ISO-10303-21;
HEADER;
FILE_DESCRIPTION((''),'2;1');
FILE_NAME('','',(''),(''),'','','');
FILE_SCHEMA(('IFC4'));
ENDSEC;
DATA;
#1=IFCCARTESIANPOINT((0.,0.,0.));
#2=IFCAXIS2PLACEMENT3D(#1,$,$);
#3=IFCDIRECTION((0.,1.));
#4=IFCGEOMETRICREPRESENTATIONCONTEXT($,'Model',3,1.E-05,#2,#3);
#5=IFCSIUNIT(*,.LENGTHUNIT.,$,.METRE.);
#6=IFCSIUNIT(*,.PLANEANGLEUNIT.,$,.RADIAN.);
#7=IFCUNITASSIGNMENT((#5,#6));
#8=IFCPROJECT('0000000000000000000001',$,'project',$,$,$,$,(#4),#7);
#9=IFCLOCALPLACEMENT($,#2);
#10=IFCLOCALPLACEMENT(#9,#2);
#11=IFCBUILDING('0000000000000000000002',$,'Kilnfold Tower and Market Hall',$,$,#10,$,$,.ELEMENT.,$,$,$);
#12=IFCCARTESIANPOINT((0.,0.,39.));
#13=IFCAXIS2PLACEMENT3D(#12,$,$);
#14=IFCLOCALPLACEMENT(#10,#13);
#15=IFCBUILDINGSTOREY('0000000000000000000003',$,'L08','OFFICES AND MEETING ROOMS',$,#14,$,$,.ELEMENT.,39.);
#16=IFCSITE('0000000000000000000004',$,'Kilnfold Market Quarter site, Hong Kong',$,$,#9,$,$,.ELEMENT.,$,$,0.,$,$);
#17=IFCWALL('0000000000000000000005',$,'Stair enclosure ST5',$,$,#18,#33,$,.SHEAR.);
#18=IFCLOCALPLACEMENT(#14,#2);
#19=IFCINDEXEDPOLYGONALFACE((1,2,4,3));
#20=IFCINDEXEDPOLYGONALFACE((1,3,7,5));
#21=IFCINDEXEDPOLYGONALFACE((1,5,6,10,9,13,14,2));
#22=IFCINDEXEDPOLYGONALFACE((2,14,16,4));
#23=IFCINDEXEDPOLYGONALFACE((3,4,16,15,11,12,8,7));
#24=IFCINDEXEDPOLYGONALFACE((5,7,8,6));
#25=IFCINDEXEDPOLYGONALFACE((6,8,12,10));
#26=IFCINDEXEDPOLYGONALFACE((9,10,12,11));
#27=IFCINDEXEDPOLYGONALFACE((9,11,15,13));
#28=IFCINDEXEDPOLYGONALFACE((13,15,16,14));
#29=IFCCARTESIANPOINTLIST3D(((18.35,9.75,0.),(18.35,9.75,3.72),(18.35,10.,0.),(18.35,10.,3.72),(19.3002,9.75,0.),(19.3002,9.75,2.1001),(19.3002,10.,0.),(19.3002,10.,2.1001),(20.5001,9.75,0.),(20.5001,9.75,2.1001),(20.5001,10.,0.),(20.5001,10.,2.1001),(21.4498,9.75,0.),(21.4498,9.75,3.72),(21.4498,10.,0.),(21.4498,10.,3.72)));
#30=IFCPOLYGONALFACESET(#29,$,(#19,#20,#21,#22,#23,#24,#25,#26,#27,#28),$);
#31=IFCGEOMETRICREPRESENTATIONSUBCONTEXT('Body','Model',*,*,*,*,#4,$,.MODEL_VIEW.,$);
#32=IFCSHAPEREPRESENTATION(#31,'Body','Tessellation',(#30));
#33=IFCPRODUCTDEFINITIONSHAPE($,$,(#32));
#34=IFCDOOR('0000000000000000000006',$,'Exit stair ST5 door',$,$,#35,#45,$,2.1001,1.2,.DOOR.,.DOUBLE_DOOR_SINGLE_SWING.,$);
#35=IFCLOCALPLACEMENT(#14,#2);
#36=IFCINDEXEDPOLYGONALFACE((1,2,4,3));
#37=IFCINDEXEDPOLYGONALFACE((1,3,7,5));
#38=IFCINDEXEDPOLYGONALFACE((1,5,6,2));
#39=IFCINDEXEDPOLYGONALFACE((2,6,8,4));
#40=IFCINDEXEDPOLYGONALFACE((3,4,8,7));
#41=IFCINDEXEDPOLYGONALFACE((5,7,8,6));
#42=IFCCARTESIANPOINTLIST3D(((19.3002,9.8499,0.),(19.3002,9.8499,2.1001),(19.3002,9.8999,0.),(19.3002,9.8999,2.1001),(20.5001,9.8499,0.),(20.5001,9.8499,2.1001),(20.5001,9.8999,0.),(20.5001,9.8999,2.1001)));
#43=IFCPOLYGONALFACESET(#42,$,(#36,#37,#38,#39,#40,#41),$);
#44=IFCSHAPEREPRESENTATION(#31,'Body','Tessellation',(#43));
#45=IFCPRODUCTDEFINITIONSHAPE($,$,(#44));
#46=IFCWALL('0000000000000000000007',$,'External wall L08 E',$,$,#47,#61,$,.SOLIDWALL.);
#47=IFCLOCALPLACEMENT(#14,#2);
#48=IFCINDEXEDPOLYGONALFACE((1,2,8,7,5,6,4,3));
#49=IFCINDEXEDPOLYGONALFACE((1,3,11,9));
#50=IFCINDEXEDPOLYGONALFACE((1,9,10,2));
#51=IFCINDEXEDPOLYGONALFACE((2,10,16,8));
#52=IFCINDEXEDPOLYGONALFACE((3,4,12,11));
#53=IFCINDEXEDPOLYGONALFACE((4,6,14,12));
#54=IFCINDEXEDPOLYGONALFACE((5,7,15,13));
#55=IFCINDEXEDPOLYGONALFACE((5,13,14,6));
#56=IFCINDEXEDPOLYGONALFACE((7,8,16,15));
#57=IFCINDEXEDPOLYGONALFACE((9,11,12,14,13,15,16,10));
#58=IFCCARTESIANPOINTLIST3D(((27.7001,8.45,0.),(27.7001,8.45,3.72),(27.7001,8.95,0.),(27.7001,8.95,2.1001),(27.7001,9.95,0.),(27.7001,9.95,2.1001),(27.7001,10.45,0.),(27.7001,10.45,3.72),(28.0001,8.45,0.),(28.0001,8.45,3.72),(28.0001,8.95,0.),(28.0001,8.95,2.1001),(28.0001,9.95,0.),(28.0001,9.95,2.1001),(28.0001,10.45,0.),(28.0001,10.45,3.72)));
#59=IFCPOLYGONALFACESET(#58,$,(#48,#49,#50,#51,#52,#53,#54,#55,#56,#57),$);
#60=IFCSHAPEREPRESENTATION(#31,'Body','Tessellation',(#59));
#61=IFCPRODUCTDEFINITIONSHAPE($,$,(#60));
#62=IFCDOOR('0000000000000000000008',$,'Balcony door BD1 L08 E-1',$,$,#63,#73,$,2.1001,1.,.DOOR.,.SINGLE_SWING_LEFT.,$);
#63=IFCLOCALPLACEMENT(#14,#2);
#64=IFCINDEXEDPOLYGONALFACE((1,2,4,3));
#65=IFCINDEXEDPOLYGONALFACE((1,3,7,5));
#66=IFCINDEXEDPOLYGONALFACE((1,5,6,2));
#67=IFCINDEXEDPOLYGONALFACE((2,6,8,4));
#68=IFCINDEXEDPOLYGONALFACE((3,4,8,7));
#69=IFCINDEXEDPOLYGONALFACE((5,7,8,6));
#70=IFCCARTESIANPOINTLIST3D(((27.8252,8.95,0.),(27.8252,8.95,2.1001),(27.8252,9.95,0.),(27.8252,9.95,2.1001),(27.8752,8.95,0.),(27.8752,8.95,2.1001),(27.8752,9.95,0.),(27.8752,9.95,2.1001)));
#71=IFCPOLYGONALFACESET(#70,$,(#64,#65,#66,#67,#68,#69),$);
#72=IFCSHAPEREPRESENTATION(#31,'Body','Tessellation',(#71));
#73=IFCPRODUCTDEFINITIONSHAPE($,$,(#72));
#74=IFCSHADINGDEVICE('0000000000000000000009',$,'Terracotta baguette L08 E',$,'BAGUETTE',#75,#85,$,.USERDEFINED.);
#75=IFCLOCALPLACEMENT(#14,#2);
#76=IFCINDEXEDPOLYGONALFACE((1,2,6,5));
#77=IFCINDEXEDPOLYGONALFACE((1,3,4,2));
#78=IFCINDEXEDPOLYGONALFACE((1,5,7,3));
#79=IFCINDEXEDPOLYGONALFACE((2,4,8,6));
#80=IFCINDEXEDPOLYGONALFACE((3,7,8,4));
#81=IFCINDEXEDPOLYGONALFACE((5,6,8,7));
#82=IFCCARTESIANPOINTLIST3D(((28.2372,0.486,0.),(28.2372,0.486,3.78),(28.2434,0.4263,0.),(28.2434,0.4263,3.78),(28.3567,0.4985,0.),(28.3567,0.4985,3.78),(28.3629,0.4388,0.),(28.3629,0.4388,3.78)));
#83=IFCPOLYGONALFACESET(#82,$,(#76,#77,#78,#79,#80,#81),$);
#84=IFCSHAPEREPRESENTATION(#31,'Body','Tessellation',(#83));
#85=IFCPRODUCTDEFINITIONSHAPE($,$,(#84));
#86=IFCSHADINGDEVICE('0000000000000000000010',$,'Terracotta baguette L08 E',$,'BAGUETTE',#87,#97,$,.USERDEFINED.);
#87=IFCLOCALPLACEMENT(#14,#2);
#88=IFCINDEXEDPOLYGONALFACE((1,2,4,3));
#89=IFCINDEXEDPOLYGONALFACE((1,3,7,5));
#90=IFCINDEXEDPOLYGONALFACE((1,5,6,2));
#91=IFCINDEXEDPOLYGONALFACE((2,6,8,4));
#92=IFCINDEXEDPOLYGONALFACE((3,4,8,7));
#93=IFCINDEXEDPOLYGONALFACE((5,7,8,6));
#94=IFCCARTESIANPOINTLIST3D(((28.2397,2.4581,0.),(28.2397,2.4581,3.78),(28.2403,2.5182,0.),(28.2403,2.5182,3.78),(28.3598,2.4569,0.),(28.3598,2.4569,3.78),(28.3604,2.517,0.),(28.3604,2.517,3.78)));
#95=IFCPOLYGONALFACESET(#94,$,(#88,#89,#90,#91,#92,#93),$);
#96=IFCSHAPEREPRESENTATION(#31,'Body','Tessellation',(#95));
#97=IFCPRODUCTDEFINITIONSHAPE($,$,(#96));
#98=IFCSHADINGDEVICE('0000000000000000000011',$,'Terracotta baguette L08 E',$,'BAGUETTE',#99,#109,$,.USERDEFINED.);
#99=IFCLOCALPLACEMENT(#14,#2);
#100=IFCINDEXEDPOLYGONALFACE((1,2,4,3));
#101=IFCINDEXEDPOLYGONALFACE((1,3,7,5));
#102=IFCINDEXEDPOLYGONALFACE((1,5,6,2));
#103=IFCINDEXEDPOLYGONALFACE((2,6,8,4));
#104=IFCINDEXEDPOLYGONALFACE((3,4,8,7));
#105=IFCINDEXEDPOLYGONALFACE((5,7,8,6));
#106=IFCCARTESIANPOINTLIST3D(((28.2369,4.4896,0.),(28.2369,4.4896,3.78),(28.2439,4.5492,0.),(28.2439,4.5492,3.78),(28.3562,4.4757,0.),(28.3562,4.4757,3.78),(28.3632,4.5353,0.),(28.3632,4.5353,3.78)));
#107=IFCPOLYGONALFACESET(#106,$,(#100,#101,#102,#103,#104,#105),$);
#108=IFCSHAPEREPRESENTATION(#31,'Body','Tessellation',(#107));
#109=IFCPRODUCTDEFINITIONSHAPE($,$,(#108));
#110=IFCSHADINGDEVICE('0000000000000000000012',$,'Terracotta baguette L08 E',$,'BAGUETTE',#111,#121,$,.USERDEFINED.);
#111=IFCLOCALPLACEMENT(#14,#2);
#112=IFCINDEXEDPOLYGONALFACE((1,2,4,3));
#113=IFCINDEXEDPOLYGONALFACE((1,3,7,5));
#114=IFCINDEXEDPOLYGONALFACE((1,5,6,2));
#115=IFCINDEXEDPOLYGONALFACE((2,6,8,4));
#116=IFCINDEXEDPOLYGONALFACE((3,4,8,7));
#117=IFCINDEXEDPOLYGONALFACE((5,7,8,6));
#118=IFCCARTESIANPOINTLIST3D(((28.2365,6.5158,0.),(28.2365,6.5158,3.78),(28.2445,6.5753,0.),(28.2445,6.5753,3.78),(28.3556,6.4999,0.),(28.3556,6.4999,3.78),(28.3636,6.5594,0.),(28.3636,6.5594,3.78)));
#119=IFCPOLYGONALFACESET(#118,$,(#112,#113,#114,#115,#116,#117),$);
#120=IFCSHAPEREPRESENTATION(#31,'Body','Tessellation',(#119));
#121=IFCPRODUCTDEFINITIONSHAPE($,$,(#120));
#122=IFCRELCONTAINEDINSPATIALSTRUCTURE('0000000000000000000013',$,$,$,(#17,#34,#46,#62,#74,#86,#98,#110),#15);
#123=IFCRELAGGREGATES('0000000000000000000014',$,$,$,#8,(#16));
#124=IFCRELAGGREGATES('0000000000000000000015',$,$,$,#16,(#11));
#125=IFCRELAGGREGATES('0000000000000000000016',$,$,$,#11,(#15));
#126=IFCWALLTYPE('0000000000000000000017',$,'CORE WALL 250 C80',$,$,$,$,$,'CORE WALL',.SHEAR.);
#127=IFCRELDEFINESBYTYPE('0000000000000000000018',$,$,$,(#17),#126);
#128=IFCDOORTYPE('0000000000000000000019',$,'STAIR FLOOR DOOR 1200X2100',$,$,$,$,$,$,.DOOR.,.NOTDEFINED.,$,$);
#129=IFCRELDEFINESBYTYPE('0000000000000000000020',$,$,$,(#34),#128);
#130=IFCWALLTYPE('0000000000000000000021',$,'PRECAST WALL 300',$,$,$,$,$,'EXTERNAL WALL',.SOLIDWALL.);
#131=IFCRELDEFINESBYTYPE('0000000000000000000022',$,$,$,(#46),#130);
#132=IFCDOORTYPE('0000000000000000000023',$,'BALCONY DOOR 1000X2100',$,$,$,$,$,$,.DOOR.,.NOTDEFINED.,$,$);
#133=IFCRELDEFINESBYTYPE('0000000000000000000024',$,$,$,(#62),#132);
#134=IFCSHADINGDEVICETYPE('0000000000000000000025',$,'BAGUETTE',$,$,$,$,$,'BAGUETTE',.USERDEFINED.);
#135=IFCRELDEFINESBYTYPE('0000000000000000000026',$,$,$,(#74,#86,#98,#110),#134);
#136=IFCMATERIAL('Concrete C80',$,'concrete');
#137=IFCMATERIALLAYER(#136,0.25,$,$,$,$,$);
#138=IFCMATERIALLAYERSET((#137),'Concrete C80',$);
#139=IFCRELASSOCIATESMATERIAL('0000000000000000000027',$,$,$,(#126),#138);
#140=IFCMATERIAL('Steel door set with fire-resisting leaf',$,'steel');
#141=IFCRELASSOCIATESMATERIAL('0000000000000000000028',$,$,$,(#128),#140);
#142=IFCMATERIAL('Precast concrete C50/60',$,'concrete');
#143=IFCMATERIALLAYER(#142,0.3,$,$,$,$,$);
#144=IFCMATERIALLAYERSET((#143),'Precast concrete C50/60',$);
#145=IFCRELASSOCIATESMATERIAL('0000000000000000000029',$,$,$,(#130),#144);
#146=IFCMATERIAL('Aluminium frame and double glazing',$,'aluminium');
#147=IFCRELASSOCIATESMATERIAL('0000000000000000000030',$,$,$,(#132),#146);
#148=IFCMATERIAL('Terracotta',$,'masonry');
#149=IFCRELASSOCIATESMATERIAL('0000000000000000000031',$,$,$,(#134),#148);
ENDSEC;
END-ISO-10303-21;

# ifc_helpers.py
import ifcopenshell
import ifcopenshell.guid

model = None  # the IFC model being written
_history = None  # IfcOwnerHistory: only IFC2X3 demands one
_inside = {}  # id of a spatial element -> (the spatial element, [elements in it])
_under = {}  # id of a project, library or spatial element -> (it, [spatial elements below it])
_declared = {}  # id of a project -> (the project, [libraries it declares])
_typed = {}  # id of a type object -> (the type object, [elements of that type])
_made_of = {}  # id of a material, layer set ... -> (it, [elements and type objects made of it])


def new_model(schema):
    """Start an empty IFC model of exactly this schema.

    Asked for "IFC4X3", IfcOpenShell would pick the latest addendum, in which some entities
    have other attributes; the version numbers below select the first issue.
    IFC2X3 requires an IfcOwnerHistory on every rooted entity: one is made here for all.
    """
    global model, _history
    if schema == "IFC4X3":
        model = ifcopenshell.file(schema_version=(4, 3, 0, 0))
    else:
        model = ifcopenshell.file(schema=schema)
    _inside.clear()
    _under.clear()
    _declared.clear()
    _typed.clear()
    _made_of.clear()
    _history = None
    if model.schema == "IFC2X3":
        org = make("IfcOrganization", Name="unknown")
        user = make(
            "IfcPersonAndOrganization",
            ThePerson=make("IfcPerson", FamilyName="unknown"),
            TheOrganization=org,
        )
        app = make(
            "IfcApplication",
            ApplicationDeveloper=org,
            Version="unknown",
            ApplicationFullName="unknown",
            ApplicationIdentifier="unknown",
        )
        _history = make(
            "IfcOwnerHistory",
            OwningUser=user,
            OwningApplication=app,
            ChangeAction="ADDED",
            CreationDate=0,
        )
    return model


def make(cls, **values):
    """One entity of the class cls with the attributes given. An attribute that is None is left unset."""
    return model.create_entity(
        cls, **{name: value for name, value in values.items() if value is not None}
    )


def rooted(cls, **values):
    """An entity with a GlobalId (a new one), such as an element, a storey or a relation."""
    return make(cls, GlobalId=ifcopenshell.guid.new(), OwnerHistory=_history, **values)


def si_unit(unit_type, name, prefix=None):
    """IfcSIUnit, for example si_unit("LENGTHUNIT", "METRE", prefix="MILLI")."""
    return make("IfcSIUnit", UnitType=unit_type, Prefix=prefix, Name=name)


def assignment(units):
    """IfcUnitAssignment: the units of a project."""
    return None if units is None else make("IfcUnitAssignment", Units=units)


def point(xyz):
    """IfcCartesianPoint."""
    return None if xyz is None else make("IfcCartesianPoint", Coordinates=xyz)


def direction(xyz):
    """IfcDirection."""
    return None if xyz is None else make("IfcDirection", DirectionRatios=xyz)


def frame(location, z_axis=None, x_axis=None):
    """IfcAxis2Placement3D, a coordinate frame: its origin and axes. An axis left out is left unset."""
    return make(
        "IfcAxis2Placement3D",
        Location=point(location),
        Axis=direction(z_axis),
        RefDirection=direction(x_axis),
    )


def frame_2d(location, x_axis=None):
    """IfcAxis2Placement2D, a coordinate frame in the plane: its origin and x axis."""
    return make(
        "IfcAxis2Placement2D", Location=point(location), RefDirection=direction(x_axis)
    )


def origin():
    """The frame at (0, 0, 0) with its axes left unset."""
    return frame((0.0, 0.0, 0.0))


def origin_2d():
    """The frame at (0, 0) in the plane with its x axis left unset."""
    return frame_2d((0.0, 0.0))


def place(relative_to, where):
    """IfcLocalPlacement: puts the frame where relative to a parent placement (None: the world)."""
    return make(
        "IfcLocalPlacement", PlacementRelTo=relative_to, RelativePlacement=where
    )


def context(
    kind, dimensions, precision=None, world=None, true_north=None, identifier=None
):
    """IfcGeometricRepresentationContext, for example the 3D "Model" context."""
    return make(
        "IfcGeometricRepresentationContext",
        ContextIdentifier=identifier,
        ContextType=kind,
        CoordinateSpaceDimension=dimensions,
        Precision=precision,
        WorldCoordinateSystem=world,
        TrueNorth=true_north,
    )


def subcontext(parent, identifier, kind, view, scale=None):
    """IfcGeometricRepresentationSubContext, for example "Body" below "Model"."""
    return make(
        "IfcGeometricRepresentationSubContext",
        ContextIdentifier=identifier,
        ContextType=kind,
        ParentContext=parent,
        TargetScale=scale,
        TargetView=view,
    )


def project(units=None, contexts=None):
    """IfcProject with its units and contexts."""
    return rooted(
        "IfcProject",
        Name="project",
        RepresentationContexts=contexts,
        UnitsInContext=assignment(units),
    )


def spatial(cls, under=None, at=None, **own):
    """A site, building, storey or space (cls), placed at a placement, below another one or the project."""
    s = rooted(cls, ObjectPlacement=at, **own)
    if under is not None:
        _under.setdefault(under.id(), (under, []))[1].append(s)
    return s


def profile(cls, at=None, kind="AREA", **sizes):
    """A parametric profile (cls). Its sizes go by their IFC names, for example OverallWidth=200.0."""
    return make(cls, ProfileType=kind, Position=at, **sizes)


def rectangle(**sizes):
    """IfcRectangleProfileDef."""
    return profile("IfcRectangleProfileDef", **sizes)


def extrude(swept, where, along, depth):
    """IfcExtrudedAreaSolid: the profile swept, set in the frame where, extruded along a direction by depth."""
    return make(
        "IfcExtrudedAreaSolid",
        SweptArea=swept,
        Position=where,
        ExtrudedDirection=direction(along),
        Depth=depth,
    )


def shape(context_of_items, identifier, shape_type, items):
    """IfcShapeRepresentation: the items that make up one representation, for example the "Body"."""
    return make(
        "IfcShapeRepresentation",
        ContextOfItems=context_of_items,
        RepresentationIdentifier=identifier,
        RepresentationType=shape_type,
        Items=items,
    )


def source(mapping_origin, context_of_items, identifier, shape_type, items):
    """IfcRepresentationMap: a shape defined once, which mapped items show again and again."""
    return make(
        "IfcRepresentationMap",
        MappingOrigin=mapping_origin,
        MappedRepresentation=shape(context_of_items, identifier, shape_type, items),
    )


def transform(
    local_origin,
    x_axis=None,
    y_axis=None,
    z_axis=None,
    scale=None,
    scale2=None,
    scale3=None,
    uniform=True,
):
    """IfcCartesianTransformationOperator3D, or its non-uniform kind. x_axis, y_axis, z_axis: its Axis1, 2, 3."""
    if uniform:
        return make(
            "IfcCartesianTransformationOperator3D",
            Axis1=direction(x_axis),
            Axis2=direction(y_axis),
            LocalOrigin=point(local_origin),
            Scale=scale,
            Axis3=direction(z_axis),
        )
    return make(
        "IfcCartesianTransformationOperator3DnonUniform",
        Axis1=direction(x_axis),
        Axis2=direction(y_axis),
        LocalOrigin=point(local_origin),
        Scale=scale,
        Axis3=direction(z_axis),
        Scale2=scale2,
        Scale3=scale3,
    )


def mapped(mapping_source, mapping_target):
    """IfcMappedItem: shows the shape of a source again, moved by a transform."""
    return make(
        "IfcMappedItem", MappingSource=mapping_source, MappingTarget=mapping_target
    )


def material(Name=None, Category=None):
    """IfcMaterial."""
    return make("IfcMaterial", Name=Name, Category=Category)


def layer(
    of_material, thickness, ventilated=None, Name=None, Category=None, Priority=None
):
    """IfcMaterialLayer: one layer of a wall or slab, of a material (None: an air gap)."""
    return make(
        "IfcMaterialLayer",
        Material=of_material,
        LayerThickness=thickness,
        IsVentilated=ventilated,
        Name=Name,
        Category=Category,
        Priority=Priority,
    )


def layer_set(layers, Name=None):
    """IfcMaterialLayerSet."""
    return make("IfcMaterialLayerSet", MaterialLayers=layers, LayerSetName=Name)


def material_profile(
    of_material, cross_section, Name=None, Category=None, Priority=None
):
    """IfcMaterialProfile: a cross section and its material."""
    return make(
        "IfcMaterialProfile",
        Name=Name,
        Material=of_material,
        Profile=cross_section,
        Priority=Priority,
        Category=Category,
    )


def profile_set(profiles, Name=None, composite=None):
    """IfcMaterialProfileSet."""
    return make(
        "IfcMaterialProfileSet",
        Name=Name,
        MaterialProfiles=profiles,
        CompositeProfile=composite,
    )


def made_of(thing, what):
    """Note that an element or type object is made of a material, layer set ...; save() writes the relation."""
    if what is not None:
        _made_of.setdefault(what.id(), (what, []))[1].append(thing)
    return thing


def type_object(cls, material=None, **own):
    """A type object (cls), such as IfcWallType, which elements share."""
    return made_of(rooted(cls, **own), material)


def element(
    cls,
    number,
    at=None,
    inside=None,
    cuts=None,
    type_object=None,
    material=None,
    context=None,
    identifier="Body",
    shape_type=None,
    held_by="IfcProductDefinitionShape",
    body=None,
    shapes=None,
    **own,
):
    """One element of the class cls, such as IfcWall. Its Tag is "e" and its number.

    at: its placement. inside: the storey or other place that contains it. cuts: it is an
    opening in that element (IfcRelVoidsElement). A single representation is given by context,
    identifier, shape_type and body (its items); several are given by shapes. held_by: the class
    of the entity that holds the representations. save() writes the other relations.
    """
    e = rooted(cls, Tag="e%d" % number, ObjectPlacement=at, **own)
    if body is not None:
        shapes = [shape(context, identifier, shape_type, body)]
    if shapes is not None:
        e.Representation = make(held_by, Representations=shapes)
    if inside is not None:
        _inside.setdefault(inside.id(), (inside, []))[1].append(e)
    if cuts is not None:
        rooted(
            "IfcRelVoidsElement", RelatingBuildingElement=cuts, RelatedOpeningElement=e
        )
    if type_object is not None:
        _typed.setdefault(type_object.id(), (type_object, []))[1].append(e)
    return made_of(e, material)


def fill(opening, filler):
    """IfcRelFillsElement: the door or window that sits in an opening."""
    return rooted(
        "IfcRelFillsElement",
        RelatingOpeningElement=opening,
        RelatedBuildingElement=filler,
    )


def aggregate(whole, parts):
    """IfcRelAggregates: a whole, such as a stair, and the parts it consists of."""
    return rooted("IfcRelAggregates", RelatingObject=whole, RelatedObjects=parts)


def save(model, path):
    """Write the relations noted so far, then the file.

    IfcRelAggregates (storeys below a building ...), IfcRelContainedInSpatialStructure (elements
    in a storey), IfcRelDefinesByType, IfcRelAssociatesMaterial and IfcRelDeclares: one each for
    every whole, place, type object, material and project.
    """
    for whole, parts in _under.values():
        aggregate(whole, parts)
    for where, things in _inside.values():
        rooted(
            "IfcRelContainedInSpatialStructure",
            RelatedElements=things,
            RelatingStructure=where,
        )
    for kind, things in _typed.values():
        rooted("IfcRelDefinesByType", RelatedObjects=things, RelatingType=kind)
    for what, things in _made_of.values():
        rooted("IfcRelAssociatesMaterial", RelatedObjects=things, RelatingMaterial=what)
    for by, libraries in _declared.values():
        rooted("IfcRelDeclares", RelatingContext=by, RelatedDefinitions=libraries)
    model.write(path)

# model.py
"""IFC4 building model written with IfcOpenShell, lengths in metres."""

from ifc_helpers import new_model, si_unit, direction, frame, frame_2d, origin, origin_2d, place, context, subcontext, project, spatial, rectangle, extrude, source, transform, mapped, material, layer, layer_set, material_profile, profile_set, type_object, element, fill, save


model = new_model("IFC4")

# Units and contexts
model_context = context("Model", 3, precision=1e-05, world=origin(), true_north=direction((0.0, 1.0)))
body_context = subcontext(model_context, "Body", "Model", "MODEL_VIEW")
ifc_project = project(units=[si_unit("LENGTHUNIT", "METRE"), si_unit("PLANEANGLEUNIT", "RADIAN")], contexts=[model_context])

# Site, building, storey
site_placement = place(None, origin())
site = spatial("IfcSite", under=ifc_project, at=site_placement, Name="Kilnfold Market Quarter site, Hong Kong", CompositionType="ELEMENT", RefElevation=0.0)
building_placement = place(site_placement, origin())
building = spatial("IfcBuilding", under=site, at=building_placement, Name="Kilnfold Tower and Market Hall", CompositionType="ELEMENT")
storey_placement = place(building_placement, frame((0.0, 0.0, 39.0)))
storey = spatial("IfcBuildingStorey", under=building, at=storey_placement, Name="L08", Description="OFFICES AND MEETING ROOMS", CompositionType="ELEMENT", Elevation=39.0)

# Shared definitions
ifc_material_1 = material(Name="Concrete C80", Category="concrete")
ifc_layer_1 = layer(ifc_material_1, 0.25)
ifc_layer_set_1 = layer_set([ifc_layer_1], Name="Concrete C80")
wall_type_1 = type_object("IfcWallType", Name="CORE WALL 250 C80", ElementType="CORE WALL", PredefinedType="SHEAR", material=ifc_layer_set_1)

# Walls, openings, doors
shared_shape_1 = source(origin(), body_context, "Body", "SweptSolid", [
    extrude(rectangle(XDim=3.0999, YDim=0.25, at=frame_2d((1.5498, 0.0))), origin(), (0.0, 0.0, 1.0), 3.72),
])
wall_1_placement = place(storey_placement, frame((18.3501, 9.875, 0.0), z_axis=(0.0, 0.0, 1.0), x_axis=(1.0, 0.0, 0.0)))
wall_1 = element("IfcWall", 1, at=wall_1_placement, inside=storey, type_object=wall_type_1, Name="Stair enclosure ST5", PredefinedType="SHEAR", context=body_context, shape_type="MappedRepresentation", body=[
    mapped(shared_shape_1, transform((0.0, 0.0, 0.0))),
])
opening_1_placement = place(wall_1_placement, frame((0.95, 0.0, 0.0)))
opening_1 = element("IfcOpeningElement", 2, at=opening_1_placement, cuts=wall_1, PredefinedType="OPENING", context=body_context, shape_type="SweptSolid", body=[
    extrude(rectangle(XDim=1.2, YDim=2.1001, at=frame_2d((0.6001, 1.05))), frame((0.0, 0.135, 0.0), z_axis=(0.0, -1.0, 0.0), x_axis=(1.0, 0.0, 0.0)), (0.0, 0.0, 1.0), 0.27),
])
ifc_material_2 = material(Name="Steel door set with fire-resisting leaf", Category="steel")
door_type_1 = type_object("IfcDoorType", Name="STAIR FLOOR DOOR 1200X2100", OperationType="NOTDEFINED", PredefinedType="DOOR", material=ifc_material_2)
door_1_placement = place(opening_1_placement, origin())
door_1 = element("IfcDoor", 3, at=door_1_placement, inside=storey, type_object=door_type_1, Name="Exit stair ST5 door", OperationType="DOUBLE_DOOR_SINGLE_SWING", OverallHeight=2.1001, OverallWidth=1.2, PredefinedType="DOOR", context=body_context, shape_type="SweptSolid", body=[
    extrude(rectangle(XDim=1.2, YDim=2.1001, at=frame_2d((0.6001, 1.05))), frame((0.0, 0.0249, 0.0), z_axis=(0.0, -1.0, 0.0), x_axis=(1.0, 0.0, 0.0)), (0.0, 0.0, 1.0), 0.05),
])
fill(opening_1, door_1)
ifc_material_3 = material(Name="Precast concrete C50/60", Category="concrete")
ifc_layer_2 = layer(ifc_material_3, 0.3)
ifc_layer_set_2 = layer_set([ifc_layer_2], Name="Precast concrete C50/60")
wall_type_2 = type_object("IfcWallType", Name="PRECAST WALL 300", ElementType="EXTERNAL WALL", PredefinedType="SOLIDWALL", material=ifc_layer_set_2)
shared_shape_2 = source(origin(), body_context, "Body", "SweptSolid", [
    extrude(rectangle(XDim=2.0, YDim=0.3, at=frame_2d((1.0, 0.0))), origin(), (0.0, 0.0, 1.0), 3.72),
])
wall_2_placement = place(storey_placement, frame((27.8501, 8.45, 0.0), z_axis=(0.0, 0.0, 1.0), x_axis=(0.0, 1.0, 0.0)))
wall_2 = element("IfcWall", 4, at=wall_2_placement, inside=storey, type_object=wall_type_2, Name="External wall L08 E", PredefinedType="SOLIDWALL", context=body_context, shape_type="MappedRepresentation", body=[
    mapped(shared_shape_2, transform((0.0, 0.0, 0.0))),
])
opening_2_placement = place(wall_2_placement, frame((0.5, 0.0, 0.0)))
opening_2 = element("IfcOpeningElement", 5, at=opening_2_placement, cuts=wall_2, PredefinedType="OPENING", context=body_context, shape_type="SweptSolid", body=[
    extrude(rectangle(XDim=1.0, YDim=2.1001, at=frame_2d((0.5, 1.05))), frame((0.0, 0.1602, 0.0), z_axis=(0.0, -1.0, 0.0), x_axis=(1.0, 0.0, 0.0)), (0.0, 0.0, 1.0), 0.3201),
])
ifc_material_4 = material(Name="Aluminium frame and double glazing", Category="aluminium")
door_type_2 = type_object("IfcDoorType", Name="BALCONY DOOR 1000X2100", OperationType="NOTDEFINED", PredefinedType="DOOR", material=ifc_material_4)
door_2_placement = place(opening_2_placement, origin())
door_2 = element("IfcDoor", 6, at=door_2_placement, inside=storey, type_object=door_type_2, Name="Balcony door BD1 L08 E-1", OperationType="SINGLE_SWING_LEFT", OverallHeight=2.1001, OverallWidth=1.0, PredefinedType="DOOR", context=body_context, shape_type="SweptSolid", body=[
    extrude(rectangle(XDim=1.0, YDim=2.1001, at=frame_2d((0.5, 1.05))), frame((0.0, 0.0249, 0.0), z_axis=(0.0, -1.0, 0.0), x_axis=(1.0, 0.0, 0.0)), (0.0, 0.0, 1.0), 0.05),
])
fill(opening_2, door_2)

# Shading devices
ifc_material_5 = material(Name="Terracotta", Category="masonry")
ifc_material_profile_1 = material_profile(ifc_material_5, rectangle(XDim=0.0601, YDim=0.1201, at=origin_2d()), Name="BAG 60x120")
ifc_profile_set_1 = profile_set([ifc_material_profile_1], Name="Terracotta")
shading_device_type = type_object("IfcShadingDeviceType", Name="BAGUETTE", ElementType="BAGUETTE", PredefinedType="USERDEFINED", material=ifc_profile_set_1)
shared_shape_3 = source(origin(), body_context, "Body", "SweptSolid", [
    extrude(rectangle(XDim=0.0601, YDim=0.1201, at=origin_2d()), origin(), (0.0, 0.0, 1.0), 3.78),
])
for number, where, z_axis, x_axis, name in (
    (7, (28.3, 0.4624, 0.0), (0.0, 0.0, 1.0), (-0.103622, 0.994617, 0.0), "Terracotta baguette L08 E"),
    (8, (28.3, 2.4875, 0.0), (0.0, 0.0, 1.0), (0.009845, 0.999952, 0.0), "Terracotta baguette L08 E"),
    (9, (28.3, 4.5125, 0.0), (0.0, 0.0, 1.0), (0.115653, 0.99329, 0.0), "Terracotta baguette L08 E"),
    (10, (28.3, 6.5376, 0.0), (0.0, 0.0, 1.0), (0.132263, 0.991215, 0.0), "Terracotta baguette L08 E"),
):
    element("IfcShadingDevice", number, at=place(storey_placement, frame(where, z_axis=z_axis, x_axis=x_axis)), inside=storey, type_object=shading_device_type, Name=name, ObjectType="BAGUETTE", PredefinedType="USERDEFINED", context=body_context, shape_type="MappedRepresentation", body=[
        mapped(shared_shape_3, transform((0.0, 0.0, 0.0))),
    ])

save(model, "model.ifc")
